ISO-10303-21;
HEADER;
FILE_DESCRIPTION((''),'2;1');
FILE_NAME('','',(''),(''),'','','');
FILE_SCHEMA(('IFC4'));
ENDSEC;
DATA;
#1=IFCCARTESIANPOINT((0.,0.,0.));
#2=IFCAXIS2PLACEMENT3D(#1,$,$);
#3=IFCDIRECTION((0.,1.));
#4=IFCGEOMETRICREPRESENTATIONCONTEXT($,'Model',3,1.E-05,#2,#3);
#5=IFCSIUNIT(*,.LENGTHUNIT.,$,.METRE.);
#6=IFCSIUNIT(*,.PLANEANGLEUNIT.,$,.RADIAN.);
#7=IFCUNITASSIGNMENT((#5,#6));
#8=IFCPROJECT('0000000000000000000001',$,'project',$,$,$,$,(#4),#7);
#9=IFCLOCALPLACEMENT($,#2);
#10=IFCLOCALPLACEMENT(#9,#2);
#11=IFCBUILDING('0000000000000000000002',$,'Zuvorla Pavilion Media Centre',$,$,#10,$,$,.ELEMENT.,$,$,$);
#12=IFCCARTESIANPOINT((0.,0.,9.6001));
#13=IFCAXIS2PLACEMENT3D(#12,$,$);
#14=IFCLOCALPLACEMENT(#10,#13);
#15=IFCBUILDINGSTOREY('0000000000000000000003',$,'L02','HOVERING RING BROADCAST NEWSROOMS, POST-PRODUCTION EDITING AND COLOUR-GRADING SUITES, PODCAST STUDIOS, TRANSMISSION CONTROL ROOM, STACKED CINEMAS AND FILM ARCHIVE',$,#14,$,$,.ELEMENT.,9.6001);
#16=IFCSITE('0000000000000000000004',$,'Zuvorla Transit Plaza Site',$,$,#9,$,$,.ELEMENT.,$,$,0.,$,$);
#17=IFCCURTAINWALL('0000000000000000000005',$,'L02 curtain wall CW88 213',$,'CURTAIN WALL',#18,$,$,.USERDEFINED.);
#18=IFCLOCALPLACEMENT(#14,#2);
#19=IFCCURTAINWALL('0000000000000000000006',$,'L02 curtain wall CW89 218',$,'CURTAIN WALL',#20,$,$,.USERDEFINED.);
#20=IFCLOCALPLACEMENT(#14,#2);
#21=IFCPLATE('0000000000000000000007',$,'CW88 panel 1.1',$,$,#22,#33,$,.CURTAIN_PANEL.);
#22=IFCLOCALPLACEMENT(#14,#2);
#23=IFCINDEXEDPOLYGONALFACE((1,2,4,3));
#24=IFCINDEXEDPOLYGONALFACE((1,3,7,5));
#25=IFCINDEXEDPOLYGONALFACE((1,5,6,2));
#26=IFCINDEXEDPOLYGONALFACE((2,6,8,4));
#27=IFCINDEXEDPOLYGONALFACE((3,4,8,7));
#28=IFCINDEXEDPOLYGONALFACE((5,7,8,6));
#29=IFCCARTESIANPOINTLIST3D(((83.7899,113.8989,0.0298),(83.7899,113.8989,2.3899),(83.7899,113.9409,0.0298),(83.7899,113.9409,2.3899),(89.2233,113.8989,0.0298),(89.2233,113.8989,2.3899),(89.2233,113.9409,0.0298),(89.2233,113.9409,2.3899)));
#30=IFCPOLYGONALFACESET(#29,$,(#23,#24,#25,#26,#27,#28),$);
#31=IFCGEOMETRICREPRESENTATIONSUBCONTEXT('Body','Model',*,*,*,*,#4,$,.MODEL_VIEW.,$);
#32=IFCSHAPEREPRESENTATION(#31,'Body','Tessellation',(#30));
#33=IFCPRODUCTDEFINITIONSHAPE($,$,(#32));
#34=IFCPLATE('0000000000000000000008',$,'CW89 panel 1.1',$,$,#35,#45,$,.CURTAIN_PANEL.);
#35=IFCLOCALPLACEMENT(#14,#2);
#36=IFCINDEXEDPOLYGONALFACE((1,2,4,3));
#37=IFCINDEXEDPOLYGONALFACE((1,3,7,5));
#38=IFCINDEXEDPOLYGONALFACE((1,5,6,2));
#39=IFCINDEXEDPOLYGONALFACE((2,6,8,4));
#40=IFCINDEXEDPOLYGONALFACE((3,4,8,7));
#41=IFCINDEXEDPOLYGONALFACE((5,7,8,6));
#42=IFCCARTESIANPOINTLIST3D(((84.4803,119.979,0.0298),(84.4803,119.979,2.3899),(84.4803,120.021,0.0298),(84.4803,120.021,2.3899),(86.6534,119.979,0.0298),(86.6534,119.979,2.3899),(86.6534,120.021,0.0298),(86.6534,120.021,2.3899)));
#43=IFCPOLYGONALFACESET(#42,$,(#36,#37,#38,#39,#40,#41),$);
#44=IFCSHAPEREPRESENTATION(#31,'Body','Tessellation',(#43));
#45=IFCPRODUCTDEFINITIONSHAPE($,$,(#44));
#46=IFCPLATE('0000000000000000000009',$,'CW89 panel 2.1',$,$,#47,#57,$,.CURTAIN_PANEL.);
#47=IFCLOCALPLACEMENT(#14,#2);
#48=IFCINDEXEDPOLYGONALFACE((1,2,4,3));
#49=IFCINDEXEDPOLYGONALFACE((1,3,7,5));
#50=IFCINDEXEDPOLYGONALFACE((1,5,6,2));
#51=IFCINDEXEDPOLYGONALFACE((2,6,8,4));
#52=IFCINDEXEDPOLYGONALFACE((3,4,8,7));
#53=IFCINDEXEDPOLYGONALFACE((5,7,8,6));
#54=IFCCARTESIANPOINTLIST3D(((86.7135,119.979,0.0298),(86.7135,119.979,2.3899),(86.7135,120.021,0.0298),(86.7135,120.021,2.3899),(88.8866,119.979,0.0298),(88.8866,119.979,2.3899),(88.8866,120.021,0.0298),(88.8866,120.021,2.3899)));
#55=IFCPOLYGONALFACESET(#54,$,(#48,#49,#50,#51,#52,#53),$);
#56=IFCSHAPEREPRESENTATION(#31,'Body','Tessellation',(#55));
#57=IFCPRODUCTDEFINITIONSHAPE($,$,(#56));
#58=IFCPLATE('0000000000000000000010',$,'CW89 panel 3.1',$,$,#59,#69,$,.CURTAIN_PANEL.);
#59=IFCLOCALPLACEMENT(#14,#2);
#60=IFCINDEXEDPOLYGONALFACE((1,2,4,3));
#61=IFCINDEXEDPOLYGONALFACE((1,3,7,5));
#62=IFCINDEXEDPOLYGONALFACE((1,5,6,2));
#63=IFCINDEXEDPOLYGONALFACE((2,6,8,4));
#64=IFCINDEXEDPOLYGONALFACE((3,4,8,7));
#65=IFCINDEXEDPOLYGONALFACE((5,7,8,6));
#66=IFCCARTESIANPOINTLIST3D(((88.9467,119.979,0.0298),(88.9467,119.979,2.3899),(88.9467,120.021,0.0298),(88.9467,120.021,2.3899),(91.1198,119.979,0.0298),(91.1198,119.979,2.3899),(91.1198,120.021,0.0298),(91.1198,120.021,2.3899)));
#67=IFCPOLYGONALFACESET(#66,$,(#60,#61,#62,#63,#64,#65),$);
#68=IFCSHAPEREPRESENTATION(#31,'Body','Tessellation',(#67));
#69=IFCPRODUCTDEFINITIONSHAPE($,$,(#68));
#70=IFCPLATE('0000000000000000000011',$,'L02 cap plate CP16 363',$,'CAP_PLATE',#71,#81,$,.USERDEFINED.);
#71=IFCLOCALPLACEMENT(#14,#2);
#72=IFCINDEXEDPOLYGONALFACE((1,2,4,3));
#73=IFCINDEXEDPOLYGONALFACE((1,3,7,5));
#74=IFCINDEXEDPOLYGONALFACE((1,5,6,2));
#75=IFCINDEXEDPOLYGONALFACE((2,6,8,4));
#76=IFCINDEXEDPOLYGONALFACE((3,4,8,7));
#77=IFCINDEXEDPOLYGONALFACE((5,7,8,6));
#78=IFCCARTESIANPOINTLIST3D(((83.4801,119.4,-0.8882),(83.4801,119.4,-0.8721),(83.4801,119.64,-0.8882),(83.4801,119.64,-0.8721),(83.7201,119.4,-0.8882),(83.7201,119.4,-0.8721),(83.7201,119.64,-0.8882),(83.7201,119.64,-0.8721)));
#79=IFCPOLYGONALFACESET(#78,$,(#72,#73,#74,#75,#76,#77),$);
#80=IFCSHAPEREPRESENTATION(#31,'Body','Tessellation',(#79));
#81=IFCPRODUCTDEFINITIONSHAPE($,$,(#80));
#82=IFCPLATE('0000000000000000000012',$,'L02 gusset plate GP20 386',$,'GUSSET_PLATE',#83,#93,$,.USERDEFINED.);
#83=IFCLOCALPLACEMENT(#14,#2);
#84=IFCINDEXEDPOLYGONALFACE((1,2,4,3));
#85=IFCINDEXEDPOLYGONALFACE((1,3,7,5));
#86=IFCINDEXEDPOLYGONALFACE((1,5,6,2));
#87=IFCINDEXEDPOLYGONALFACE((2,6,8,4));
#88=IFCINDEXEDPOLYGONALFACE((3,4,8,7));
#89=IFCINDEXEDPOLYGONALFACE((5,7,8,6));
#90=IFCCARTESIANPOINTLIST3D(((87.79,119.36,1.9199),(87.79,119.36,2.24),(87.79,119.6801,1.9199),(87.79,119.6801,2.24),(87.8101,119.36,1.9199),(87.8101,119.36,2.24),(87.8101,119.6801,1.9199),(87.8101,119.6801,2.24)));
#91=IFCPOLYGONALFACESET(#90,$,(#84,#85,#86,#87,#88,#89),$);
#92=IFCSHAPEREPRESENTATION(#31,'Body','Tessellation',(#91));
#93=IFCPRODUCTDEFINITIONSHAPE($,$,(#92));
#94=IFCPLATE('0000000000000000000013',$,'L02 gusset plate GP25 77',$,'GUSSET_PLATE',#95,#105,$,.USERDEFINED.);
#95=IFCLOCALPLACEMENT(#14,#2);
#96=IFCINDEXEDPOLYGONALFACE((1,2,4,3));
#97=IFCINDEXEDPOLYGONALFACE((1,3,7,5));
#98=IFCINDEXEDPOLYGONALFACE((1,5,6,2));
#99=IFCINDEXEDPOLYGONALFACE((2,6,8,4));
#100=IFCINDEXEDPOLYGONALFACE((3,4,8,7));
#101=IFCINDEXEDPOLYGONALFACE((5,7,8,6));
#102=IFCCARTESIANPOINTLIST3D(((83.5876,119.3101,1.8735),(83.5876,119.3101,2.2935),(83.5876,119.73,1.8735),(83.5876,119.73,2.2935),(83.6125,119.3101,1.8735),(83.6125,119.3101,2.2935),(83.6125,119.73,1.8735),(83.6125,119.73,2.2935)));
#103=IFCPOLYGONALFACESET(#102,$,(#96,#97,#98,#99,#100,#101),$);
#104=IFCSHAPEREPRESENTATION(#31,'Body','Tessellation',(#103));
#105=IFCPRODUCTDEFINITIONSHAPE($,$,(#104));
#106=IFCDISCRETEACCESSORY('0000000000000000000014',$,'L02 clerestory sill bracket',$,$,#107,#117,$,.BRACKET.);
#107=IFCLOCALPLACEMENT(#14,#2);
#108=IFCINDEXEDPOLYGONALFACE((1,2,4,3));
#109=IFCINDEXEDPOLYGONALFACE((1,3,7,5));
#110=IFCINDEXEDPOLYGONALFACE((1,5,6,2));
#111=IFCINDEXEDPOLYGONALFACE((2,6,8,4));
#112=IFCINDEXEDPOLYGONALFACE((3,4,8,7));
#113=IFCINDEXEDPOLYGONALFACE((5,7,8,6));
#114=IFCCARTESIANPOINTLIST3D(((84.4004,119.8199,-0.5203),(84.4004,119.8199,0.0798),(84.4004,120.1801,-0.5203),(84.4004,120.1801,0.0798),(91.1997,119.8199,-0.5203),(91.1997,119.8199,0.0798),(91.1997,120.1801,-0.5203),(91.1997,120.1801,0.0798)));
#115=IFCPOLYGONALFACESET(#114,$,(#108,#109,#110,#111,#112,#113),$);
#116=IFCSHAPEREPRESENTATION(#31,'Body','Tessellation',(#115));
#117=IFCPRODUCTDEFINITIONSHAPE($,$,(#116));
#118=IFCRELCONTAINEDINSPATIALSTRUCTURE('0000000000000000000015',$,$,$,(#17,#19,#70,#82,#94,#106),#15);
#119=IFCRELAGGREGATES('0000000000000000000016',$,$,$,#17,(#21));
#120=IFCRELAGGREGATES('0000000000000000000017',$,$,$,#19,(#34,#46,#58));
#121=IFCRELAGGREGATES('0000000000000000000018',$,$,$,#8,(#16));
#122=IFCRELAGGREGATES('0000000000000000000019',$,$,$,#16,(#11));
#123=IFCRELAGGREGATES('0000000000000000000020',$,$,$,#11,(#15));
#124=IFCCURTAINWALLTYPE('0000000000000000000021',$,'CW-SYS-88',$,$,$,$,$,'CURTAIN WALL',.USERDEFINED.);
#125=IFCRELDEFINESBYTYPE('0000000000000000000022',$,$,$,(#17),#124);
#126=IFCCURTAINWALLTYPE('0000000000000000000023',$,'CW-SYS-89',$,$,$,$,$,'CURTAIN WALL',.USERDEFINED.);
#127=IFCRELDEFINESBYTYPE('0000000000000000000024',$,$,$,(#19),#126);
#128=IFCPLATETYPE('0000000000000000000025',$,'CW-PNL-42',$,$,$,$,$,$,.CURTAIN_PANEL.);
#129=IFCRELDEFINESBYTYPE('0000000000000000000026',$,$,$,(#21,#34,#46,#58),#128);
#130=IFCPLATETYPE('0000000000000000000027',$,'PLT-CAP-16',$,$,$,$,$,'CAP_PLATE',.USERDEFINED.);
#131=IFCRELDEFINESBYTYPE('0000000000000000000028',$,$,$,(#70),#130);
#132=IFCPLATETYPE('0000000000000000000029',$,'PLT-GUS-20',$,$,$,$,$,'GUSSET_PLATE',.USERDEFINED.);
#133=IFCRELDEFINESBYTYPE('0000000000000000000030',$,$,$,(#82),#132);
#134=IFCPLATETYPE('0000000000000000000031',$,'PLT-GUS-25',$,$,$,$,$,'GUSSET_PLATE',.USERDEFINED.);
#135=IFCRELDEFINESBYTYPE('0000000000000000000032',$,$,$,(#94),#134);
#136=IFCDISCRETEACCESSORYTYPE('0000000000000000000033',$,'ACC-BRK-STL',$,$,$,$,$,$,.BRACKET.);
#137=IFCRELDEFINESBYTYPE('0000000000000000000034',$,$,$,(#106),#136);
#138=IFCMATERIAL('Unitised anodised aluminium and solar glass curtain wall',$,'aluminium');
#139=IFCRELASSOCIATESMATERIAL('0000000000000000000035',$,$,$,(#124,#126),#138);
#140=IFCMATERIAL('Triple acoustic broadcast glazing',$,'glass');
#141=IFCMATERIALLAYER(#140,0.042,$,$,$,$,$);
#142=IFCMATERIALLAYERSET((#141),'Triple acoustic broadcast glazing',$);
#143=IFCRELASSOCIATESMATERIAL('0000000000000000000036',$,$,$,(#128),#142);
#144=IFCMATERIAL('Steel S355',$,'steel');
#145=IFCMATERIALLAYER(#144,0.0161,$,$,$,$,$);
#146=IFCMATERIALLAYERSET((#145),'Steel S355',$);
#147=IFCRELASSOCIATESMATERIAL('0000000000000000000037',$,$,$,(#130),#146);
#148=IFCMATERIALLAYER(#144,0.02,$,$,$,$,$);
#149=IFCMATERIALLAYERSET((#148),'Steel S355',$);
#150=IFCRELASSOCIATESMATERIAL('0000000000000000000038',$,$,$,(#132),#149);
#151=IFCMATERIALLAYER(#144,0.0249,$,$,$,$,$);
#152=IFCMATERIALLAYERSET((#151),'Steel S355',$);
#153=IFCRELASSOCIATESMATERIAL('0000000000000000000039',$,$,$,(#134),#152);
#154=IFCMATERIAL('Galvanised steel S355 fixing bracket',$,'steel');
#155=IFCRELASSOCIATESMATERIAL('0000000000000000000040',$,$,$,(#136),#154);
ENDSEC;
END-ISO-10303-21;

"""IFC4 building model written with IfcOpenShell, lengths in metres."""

from ifc_helpers import new_model, si_unit, direction, frame, origin, origin_2d, place, context, subcontext, project, spatial, rectangle, extrude, material, layer, layer_set, type_object, element, aggregate, save


model = new_model("IFC4")

# Units and contexts
model_context = context("Model", 3, precision=1e-05, world=origin(), true_north=direction((0.0, 1.0)))
body_context = subcontext(model_context, "Body", "Model", "MODEL_VIEW")
ifc_project = project(units=[si_unit("LENGTHUNIT", "METRE"), si_unit("PLANEANGLEUNIT", "RADIAN")], contexts=[model_context])

# Site, building, storey
site_placement = place(None, origin())
site = spatial("IfcSite", under=ifc_project, at=site_placement, Name="Zuvorla Transit Plaza Site", CompositionType="ELEMENT", RefElevation=0.0)
building_placement = place(site_placement, origin())
building = spatial("IfcBuilding", under=site, at=building_placement, Name="Zuvorla Pavilion Media Centre", CompositionType="ELEMENT")
storey_placement = place(building_placement, frame((0.0, 0.0, 9.6001)))
storey = spatial("IfcBuildingStorey", under=building, at=storey_placement, Name="L02", Description="HOVERING RING BROADCAST NEWSROOMS, POST-PRODUCTION EDITING AND COLOUR-GRADING SUITES, PODCAST STUDIOS, TRANSMISSION CONTROL ROOM, STACKED CINEMAS AND FILM ARCHIVE", CompositionType="ELEMENT", Elevation=9.6001)

# Curtain walls
ifc_material_1 = material(Name="Unitised anodised aluminium and solar glass curtain wall", Category="aluminium")
curtain_wall_type_1 = type_object("IfcCurtainWallType", Name="CW-SYS-88", ElementType="CURTAIN WALL", PredefinedType="USERDEFINED", material=ifc_material_1)
curtain_wall_1_placement = place(storey_placement, origin())
curtain_wall_1 = element("IfcCurtainWall", 1, at=curtain_wall_1_placement, inside=storey, type_object=curtain_wall_type_1, Name="L02 curtain wall CW88 213", ObjectType="CURTAIN WALL", PredefinedType="USERDEFINED")
curtain_wall_type_2 = type_object("IfcCurtainWallType", Name="CW-SYS-89", ElementType="CURTAIN WALL", PredefinedType="USERDEFINED", material=ifc_material_1)
curtain_wall_2_placement = place(storey_placement, origin())
curtain_wall_2 = element("IfcCurtainWall", 2, at=curtain_wall_2_placement, inside=storey, type_object=curtain_wall_type_2, Name="L02 curtain wall CW89 218", ObjectType="CURTAIN WALL", PredefinedType="USERDEFINED")

# Shared definitions
ifc_material_2 = material(Name="Steel S355", Category="steel")

# Plates
ifc_material_3 = material(Name="Triple acoustic broadcast glazing", Category="glass")
ifc_layer_1 = layer(ifc_material_3, 0.042)
ifc_layer_set_1 = layer_set([ifc_layer_1], Name="Triple acoustic broadcast glazing")
plate_type_1 = type_object("IfcPlateType", Name="CW-PNL-42", PredefinedType="CURTAIN_PANEL", material=ifc_layer_set_1)
plate_1_placement = place(storey_placement, frame((86.5066, 113.9199, 0.0298), z_axis=(0.0, 0.0, 1.0), x_axis=(1.0, 0.0, 0.0)))
plate_1 = element("IfcPlate", 3, at=plate_1_placement, type_object=plate_type_1, Name="CW88 panel 1.1", PredefinedType="CURTAIN_PANEL", context=body_context, shape_type="SweptSolid", body=[
    extrude(rectangle(XDim=5.4333, YDim=0.042, at=origin_2d()), origin(), (0.0, 0.0, 1.0), 2.3601),
])
aggregate(curtain_wall_1, [plate_1])
plate_2_placement = place(storey_placement, frame((85.5669, 120.0, 0.0298), z_axis=(0.0, 0.0, 1.0), x_axis=(1.0, 0.0, 0.0)))
plate_2 = element("IfcPlate", 4, at=plate_2_placement, type_object=plate_type_1, Name="CW89 panel 1.1", PredefinedType="CURTAIN_PANEL", context=body_context, shape_type="SweptSolid", body=[
    extrude(rectangle(XDim=2.1731, YDim=0.042, at=origin_2d()), origin(), (0.0, 0.0, 1.0), 2.3601),
])
plate_3_placement = place(storey_placement, frame((87.8, 120.0, 0.0298), z_axis=(0.0, 0.0, 1.0), x_axis=(1.0, 0.0, 0.0)))
plate_3 = element("IfcPlate", 5, at=plate_3_placement, type_object=plate_type_1, Name="CW89 panel 2.1", PredefinedType="CURTAIN_PANEL", context=body_context, shape_type="SweptSolid", body=[
    extrude(rectangle(XDim=2.1731, YDim=0.042, at=origin_2d()), origin(), (0.0, 0.0, 1.0), 2.3601),
])
plate_4_placement = place(storey_placement, frame((90.0332, 120.0, 0.0298), z_axis=(0.0, 0.0, 1.0), x_axis=(1.0, 0.0, 0.0)))
plate_4 = element("IfcPlate", 6, at=plate_4_placement, type_object=plate_type_1, Name="CW89 panel 3.1", PredefinedType="CURTAIN_PANEL", context=body_context, shape_type="SweptSolid", body=[
    extrude(rectangle(XDim=2.1731, YDim=0.042, at=origin_2d()), origin(), (0.0, 0.0, 1.0), 2.3601),
])
aggregate(curtain_wall_2, [plate_2, plate_3, plate_4])

# Plates
ifc_layer_2 = layer(ifc_material_2, 0.0161)
ifc_layer_set_2 = layer_set([ifc_layer_2], Name="Steel S355")
plate_type_2 = type_object("IfcPlateType", Name="PLT-CAP-16", ElementType="CAP_PLATE", PredefinedType="USERDEFINED", material=ifc_layer_set_2)
plate_5_placement = place(storey_placement, frame((83.6001, 119.52, -0.8882), z_axis=(0.0, 0.0, 1.0), x_axis=(1.0, 0.0, 0.0)))
element("IfcPlate", 7, at=plate_5_placement, inside=storey, type_object=plate_type_2, Name="L02 cap plate CP16 363", ObjectType="CAP_PLATE", PredefinedType="USERDEFINED", context=body_context, shape_type="SweptSolid", body=[
    extrude(rectangle(XDim=0.24, YDim=0.24, at=origin_2d()), origin(), (0.0, 0.0, 1.0), 0.0161),
])
ifc_layer_3 = layer(ifc_material_2, 0.02)
ifc_layer_set_3 = layer_set([ifc_layer_3], Name="Steel S355")
plate_type_3 = type_object("IfcPlateType", Name="PLT-GUS-20", ElementType="GUSSET_PLATE", PredefinedType="USERDEFINED", material=ifc_layer_set_3)
plate_6_placement = place(storey_placement, frame((87.8, 119.52, 1.9199), z_axis=(0.0, 0.0, 1.0), x_axis=(1.0, 0.0, 0.0)))
element("IfcPlate", 8, at=plate_6_placement, inside=storey, type_object=plate_type_3, Name="L02 gusset plate GP20 386", ObjectType="GUSSET_PLATE", PredefinedType="USERDEFINED", context=body_context, shape_type="SweptSolid", body=[
    extrude(rectangle(XDim=0.02, YDim=0.3201, at=origin_2d()), origin(), (0.0, 0.0, 1.0), 0.3201),
])
ifc_layer_4 = layer(ifc_material_2, 0.0249)
ifc_layer_set_4 = layer_set([ifc_layer_4], Name="Steel S355")
plate_type_4 = type_object("IfcPlateType", Name="PLT-GUS-25", ElementType="GUSSET_PLATE", PredefinedType="USERDEFINED", material=ifc_layer_set_4)
plate_7_placement = place(storey_placement, frame((83.6001, 119.52, 1.8735), z_axis=(0.0, 0.0, 1.0), x_axis=(1.0, 0.0, 0.0)))
element("IfcPlate", 9, at=plate_7_placement, inside=storey, type_object=plate_type_4, Name="L02 gusset plate GP25 77", ObjectType="GUSSET_PLATE", PredefinedType="USERDEFINED", context=body_context, shape_type="SweptSolid", body=[
    extrude(rectangle(XDim=0.0249, YDim=0.4199, at=origin_2d()), origin(), (0.0, 0.0, 1.0), 0.4199),
])

# Discrete accessory
ifc_material_4 = material(Name="Galvanised steel S355 fixing bracket", Category="steel")
discrete_accessory_type = type_object("IfcDiscreteAccessoryType", Name="ACC-BRK-STL", PredefinedType="BRACKET", material=ifc_material_4)
discrete_accessory_placement = place(storey_placement, frame((87.8, 120.0, -0.5203), z_axis=(0.0, 0.0, 1.0), x_axis=(1.0, 0.0, 0.0)))
element("IfcDiscreteAccessory", 10, at=discrete_accessory_placement, inside=storey, type_object=discrete_accessory_type, Name="L02 clerestory sill bracket", PredefinedType="BRACKET", context=body_context, shape_type="SweptSolid", body=[
    extrude(rectangle(XDim=6.7993, YDim=0.3601, at=origin_2d()), origin(), (0.0, 0.0, 1.0), 0.6001),
])

save(model, "model.ifc")
